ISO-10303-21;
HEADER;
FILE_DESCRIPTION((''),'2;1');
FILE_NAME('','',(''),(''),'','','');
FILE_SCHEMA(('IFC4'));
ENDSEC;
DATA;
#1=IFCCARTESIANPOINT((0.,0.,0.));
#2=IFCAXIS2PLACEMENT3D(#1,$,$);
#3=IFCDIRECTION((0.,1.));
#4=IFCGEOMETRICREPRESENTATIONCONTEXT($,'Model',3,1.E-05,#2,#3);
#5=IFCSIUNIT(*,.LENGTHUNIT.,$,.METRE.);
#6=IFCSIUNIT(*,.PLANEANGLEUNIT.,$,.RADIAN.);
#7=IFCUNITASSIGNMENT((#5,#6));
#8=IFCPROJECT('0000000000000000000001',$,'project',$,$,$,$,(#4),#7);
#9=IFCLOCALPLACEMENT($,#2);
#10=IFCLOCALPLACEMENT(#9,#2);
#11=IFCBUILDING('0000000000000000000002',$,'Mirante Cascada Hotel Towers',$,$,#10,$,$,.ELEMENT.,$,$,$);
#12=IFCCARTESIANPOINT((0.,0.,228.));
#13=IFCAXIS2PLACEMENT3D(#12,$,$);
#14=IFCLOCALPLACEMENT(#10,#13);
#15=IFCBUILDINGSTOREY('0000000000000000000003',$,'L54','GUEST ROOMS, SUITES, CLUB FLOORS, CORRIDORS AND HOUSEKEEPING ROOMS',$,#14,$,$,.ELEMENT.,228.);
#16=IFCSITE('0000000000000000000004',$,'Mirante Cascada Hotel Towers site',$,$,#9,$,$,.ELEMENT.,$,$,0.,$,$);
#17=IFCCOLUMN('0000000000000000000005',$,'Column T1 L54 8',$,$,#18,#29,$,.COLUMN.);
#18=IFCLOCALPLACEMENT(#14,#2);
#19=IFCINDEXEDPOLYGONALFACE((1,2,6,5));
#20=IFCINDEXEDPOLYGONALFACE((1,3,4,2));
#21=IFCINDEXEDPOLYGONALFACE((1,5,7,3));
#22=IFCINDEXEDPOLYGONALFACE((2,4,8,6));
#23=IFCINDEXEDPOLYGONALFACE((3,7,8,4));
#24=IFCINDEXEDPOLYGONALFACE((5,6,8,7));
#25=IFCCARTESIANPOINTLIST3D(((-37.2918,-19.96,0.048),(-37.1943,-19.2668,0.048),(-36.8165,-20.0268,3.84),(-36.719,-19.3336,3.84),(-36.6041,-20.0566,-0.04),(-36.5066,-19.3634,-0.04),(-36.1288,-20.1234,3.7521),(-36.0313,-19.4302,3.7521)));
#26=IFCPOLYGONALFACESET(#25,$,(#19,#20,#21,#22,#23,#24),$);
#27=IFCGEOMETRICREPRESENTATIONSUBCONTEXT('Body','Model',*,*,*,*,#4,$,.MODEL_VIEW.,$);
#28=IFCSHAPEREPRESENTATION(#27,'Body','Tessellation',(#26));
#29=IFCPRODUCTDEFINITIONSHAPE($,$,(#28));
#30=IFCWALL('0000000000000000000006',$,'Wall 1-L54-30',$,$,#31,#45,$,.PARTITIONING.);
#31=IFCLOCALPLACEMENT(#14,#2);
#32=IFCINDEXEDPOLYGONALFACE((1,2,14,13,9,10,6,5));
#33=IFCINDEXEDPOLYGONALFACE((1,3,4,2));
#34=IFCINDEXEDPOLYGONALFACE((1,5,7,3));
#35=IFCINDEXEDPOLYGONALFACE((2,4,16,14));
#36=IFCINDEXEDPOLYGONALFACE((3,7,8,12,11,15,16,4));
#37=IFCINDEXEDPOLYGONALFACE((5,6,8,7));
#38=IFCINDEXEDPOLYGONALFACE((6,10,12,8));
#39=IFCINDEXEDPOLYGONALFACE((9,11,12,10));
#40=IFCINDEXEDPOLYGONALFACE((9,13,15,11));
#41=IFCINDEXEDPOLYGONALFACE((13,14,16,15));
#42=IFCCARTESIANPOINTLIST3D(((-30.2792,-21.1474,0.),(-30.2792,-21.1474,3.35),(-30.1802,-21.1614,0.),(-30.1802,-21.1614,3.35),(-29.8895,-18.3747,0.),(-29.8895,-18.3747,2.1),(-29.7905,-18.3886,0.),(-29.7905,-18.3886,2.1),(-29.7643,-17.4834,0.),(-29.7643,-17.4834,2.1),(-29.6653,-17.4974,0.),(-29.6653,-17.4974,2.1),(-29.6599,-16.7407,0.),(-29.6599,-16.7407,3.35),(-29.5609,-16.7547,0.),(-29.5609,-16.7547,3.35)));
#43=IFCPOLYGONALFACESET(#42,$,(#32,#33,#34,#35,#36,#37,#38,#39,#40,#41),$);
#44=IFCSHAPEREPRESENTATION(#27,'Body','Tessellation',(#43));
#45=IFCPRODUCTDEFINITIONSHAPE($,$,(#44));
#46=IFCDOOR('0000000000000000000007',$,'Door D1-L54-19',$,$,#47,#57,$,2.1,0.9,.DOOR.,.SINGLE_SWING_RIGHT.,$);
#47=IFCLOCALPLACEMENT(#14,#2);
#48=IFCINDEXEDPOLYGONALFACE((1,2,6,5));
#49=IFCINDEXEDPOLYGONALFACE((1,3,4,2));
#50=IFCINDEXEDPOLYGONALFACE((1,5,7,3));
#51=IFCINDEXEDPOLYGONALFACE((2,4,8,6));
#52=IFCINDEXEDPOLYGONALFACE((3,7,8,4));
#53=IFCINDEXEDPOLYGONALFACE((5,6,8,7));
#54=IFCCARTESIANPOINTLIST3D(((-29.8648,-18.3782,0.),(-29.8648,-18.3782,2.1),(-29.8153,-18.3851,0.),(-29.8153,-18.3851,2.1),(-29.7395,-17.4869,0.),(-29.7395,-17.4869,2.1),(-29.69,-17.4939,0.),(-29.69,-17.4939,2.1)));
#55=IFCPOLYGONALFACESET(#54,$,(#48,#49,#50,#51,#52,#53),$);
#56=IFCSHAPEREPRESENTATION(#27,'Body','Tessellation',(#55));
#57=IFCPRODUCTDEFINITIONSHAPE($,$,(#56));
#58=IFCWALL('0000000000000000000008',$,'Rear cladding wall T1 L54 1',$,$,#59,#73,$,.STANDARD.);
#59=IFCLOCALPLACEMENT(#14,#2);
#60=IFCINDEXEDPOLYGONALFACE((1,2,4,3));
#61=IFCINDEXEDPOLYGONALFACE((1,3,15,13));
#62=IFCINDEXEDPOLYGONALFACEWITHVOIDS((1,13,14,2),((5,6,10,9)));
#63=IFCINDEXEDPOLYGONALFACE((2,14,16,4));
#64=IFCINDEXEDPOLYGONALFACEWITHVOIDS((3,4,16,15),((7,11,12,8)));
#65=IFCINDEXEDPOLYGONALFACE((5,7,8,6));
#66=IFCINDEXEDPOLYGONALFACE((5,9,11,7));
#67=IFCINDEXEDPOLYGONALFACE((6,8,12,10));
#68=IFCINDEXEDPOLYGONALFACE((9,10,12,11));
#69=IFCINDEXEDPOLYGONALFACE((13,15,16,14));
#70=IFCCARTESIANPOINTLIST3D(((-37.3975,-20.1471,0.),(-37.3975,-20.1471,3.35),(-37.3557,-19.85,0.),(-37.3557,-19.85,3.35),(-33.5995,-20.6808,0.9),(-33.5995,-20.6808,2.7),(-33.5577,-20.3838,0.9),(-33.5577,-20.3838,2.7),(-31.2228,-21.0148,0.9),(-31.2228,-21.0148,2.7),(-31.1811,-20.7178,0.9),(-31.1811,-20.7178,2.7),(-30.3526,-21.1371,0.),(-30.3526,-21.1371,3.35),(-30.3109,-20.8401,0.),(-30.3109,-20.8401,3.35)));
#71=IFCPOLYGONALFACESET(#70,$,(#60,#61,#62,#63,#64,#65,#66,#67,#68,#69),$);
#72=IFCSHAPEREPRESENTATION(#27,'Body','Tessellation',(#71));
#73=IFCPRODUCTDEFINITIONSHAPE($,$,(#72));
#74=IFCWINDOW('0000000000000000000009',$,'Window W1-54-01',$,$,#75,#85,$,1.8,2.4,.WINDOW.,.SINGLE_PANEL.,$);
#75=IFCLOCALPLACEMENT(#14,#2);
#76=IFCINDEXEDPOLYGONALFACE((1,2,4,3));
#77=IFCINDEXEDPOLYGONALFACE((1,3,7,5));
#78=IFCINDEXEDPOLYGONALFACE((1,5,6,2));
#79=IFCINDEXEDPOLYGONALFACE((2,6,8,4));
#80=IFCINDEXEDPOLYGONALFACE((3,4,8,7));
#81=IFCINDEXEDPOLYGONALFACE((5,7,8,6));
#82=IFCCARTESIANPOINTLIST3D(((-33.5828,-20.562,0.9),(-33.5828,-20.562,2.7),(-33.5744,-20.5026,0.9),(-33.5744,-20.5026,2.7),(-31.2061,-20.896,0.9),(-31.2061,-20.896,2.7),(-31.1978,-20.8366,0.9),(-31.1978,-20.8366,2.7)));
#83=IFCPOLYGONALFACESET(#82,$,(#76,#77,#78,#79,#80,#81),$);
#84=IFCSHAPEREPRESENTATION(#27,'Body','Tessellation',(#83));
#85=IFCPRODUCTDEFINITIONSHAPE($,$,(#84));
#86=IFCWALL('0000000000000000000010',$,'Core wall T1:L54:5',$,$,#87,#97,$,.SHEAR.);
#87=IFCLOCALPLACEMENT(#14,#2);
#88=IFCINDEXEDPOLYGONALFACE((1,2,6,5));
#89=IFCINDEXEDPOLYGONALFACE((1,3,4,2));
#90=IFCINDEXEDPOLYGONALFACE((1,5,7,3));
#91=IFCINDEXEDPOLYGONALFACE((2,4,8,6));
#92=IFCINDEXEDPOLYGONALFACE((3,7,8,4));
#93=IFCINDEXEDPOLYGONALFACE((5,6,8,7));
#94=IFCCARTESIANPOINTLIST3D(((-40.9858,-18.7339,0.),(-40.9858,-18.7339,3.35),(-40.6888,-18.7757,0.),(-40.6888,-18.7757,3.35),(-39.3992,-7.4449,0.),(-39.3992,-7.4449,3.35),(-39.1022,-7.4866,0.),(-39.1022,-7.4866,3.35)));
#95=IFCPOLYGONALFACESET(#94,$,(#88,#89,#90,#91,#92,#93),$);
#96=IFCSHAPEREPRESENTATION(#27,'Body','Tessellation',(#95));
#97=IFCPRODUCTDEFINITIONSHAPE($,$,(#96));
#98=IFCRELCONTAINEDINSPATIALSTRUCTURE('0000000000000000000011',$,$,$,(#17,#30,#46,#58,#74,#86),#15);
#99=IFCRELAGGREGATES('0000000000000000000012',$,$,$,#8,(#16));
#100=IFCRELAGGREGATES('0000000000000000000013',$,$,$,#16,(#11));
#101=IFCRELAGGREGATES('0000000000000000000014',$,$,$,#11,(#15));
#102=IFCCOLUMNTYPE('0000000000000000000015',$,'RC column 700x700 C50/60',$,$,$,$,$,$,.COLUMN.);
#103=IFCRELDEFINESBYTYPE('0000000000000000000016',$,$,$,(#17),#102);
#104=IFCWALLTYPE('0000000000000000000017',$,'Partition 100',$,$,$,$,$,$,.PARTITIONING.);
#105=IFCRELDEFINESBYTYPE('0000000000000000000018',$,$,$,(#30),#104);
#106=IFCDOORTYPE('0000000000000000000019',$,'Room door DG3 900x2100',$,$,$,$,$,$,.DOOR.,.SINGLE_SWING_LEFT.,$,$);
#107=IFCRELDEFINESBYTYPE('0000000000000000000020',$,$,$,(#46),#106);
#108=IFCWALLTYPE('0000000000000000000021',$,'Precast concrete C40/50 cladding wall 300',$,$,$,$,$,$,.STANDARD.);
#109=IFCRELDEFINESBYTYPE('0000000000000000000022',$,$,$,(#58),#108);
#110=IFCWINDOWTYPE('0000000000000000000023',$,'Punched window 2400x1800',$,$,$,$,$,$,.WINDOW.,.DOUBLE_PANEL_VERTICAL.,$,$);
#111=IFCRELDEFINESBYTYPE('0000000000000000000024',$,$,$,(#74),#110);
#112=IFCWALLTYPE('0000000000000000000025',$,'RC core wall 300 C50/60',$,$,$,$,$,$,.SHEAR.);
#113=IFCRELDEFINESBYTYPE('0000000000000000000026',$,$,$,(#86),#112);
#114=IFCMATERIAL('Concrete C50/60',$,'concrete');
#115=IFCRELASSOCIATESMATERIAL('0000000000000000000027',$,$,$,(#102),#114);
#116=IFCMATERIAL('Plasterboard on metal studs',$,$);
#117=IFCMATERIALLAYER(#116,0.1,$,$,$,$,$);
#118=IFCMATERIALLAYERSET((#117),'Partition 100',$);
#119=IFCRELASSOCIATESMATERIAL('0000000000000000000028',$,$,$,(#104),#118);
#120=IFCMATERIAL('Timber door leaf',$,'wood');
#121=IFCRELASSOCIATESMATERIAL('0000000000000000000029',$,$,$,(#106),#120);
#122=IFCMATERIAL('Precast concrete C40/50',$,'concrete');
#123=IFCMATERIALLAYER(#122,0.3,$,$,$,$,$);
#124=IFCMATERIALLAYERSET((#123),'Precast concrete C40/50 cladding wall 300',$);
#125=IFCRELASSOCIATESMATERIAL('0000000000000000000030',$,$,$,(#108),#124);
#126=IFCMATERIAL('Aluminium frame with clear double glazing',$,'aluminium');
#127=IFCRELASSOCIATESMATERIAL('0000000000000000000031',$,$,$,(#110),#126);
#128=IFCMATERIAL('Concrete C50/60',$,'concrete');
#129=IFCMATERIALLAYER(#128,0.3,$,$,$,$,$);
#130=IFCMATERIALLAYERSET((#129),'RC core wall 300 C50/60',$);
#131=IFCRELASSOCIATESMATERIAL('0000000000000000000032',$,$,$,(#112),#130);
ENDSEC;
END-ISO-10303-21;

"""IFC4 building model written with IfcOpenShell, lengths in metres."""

from ifc_helpers import new_model, si_unit, direction, frame, frame_2d, origin, origin_2d, place, context, subcontext, project, spatial, rectangle, extrude, material, layer, layer_set, material_profile, profile_set, type_object, element, fill, save


model = new_model("IFC4")

# Units and contexts
model_context = context("Model", 3, precision=1e-05, world=origin(), true_north=direction((0.0, 1.0)))
body_context = subcontext(model_context, "Body", "Model", "MODEL_VIEW")
ifc_project = project(units=[si_unit("LENGTHUNIT", "METRE"), si_unit("PLANEANGLEUNIT", "RADIAN")], contexts=[model_context])

# Site, building, storey
site_placement = place(None, origin())
site = spatial("IfcSite", under=ifc_project, at=site_placement, Name="Mirante Cascada Hotel Towers site", CompositionType="ELEMENT", RefElevation=0.0)
building_placement = place(site_placement, origin())
building = spatial("IfcBuilding", under=site, at=building_placement, Name="Mirante Cascada Hotel Towers", CompositionType="ELEMENT")
storey_placement = place(building_placement, frame((0.0, 0.0, 228.0)))
storey = spatial("IfcBuildingStorey", under=building, at=storey_placement, Name="L54", Description="GUEST ROOMS, SUITES, CLUB FLOORS, CORRIDORS AND HOUSEKEEPING ROOMS", CompositionType="ELEMENT", Elevation=228.0)

# Column
ifc_material_1 = material(Name="Concrete C50/60", Category="concrete")
ifc_material_profile = material_profile(ifc_material_1, rectangle(XDim=0.7, YDim=0.7, at=origin_2d()), Name="RC column 700x700 C50/60")
ifc_profile_set = profile_set([ifc_material_profile], Name="Concrete C50/60")
column_type = type_object("IfcColumnType", Name="RC column 700x700 C50/60", PredefinedType="COLUMN", material=ifc_profile_set)
column_placement = place(storey_placement, frame((-36.8992, -19.6617, 0.004), z_axis=(0.124351, -0.017477, 0.992084), x_axis=(0.139175, 0.990268, 0.0)))
element("IfcColumn", 1, at=column_placement, inside=storey, type_object=column_type, Name="Column T1 L54 8", PredefinedType="COLUMN", context=body_context, shape_type="SweptSolid", body=[
    extrude(rectangle(XDim=0.7, YDim=0.7, at=origin_2d()), origin(), (0.0, 0.0, 1.0), 3.8223),
])

# Wall, opening, door
ifc_material_2 = material(Name="Plasterboard on metal studs")
ifc_layer_1 = layer(ifc_material_2, 0.1)
ifc_layer_set_1 = layer_set([ifc_layer_1], Name="Partition 100")
wall_type_1 = type_object("IfcWallType", Name="Partition 100", PredefinedType="PARTITIONING", material=ifc_layer_set_1)
wall_1_placement = place(storey_placement, frame((-29.6104, -16.7477, 0.0), z_axis=(0.0, 0.0, 1.0), x_axis=(-0.139168, -0.990269, 0.0)))
wall_1 = element("IfcWall", 2, at=wall_1_placement, inside=storey, type_object=wall_type_1, Name="Wall 1-L54-30", PredefinedType="PARTITIONING", context=body_context, shape_type="SweptSolid", body=[
    extrude(rectangle(XDim=4.45, YDim=0.1, at=frame_2d((2.225, 0.0))), origin(), (0.0, 0.0, 1.0), 3.35),
])
opening_1_placement = place(wall_1_placement, frame((0.75, 0.0, 0.0)))
opening_1 = element("IfcOpeningElement", 3, at=opening_1_placement, cuts=wall_1, PredefinedType="OPENING", context=body_context, shape_type="SweptSolid", body=[
    extrude(rectangle(XDim=0.9, YDim=2.1, at=frame_2d((0.45, 1.05))), frame((0.0, 0.05, 0.0), z_axis=(0.0, -1.0, 0.0), x_axis=(1.0, 0.0, 0.0)), (0.0, 0.0, 1.0), 0.1),
])
ifc_material_3 = material(Name="Timber door leaf", Category="wood")
door_type_1 = type_object("IfcDoorType", Name="Room door DG3 900x2100", OperationType="SINGLE_SWING_LEFT", PredefinedType="DOOR", material=ifc_material_3)
door_1_placement = place(opening_1_placement, frame((0.9, 0.0, 0.0), z_axis=(0.0, 0.0, 1.0), x_axis=(-1.0, 0.0, 0.0)))
door_1 = element("IfcDoor", 4, at=door_1_placement, inside=storey, type_object=door_type_1, Name="Door D1-L54-19", OperationType="SINGLE_SWING_RIGHT", OverallHeight=2.1, OverallWidth=0.9, PredefinedType="DOOR", context=body_context, shape_type="SweptSolid", body=[
    extrude(rectangle(XDim=0.9, YDim=2.1, at=frame_2d((0.45, 1.05))), frame((0.0, 0.025, 0.0), z_axis=(0.0, -1.0, 0.0), x_axis=(1.0, 0.0, 0.0)), (0.0, 0.0, 1.0), 0.05),
])
fill(opening_1, door_1)

# Wall, opening, window
ifc_material_4 = material(Name="Precast concrete C40/50", Category="concrete")
ifc_layer_2 = layer(ifc_material_4, 0.3)
ifc_layer_set_2 = layer_set([ifc_layer_2], Name="Precast concrete C40/50 cladding wall 300")
wall_type_2 = type_object("IfcWallType", Name="Precast concrete C40/50 cladding wall 300", PredefinedType="STANDARD", material=ifc_layer_set_2)
wall_2_placement = place(storey_placement, frame((-30.3318, -20.9886, 0.0), z_axis=(0.0, 0.0, 1.0), x_axis=(-0.990268, 0.139174, 0.0)))
wall_2 = element("IfcWall", 5, at=wall_2_placement, inside=storey, type_object=wall_type_2, Name="Rear cladding wall T1 L54 1", PredefinedType="STANDARD", context=body_context, shape_type="SweptSolid", body=[
    extrude(rectangle(XDim=7.1141, YDim=0.3, at=frame_2d((3.557, 0.0))), origin(), (0.0, 0.0, 1.0), 3.35),
])
opening_2_placement = place(wall_2_placement, frame((0.8787, 0.0, 0.9)))
opening_2 = element("IfcOpeningElement", 6, at=opening_2_placement, cuts=wall_2, PredefinedType="OPENING", context=body_context, shape_type="SweptSolid", body=[
    extrude(rectangle(XDim=2.4, YDim=1.8, at=frame_2d((1.2, 0.9))), frame((0.0, 0.15, 0.0), z_axis=(0.0, -1.0, 0.0), x_axis=(1.0, 0.0, 0.0)), (0.0, 0.0, 1.0), 0.3),
])
ifc_material_5 = material(Name="Aluminium frame with clear double glazing", Category="aluminium")
window_type = type_object("IfcWindowType", Name="Punched window 2400x1800", PartitioningType="DOUBLE_PANEL_VERTICAL", PredefinedType="WINDOW", material=ifc_material_5)
window_placement = place(opening_2_placement, origin())
window = element("IfcWindow", 7, at=window_placement, inside=storey, type_object=window_type, Name="Window W1-54-01", OverallHeight=1.8, OverallWidth=2.4, PartitioningType="SINGLE_PANEL", PredefinedType="WINDOW", context=body_context, shape_type="SweptSolid", body=[
    extrude(rectangle(XDim=2.4, YDim=1.8, at=frame_2d((1.2, 0.9))), frame((0.0, 0.03, 0.0), z_axis=(0.0, -1.0, 0.0), x_axis=(1.0, 0.0, 0.0)), (0.0, 0.0, 1.0), 0.06),
])
fill(opening_2, window)

# Wall
ifc_material_6 = material(Name="Concrete C50/60", Category="concrete")
ifc_layer_3 = layer(ifc_material_6, 0.3)
ifc_layer_set_3 = layer_set([ifc_layer_3], Name="RC core wall 300 C50/60")
wall_type_3 = type_object("IfcWallType", Name="RC core wall 300 C50/60", PredefinedType="SHEAR", material=ifc_layer_set_3)
wall_3_placement = place(storey_placement, frame((-40.8373, -18.7548, 0.0), z_axis=(0.0, 0.0, 1.0), x_axis=(0.139175, 0.990268, 0.0)))
element("IfcWall", 8, at=wall_3_placement, inside=storey, type_object=wall_type_3, Name="Core wall T1:L54:5", PredefinedType="SHEAR", context=body_context, shape_type="SweptSolid", body=[
    extrude(rectangle(XDim=11.4, YDim=0.3, at=frame_2d((5.7, 0.0))), origin(), (0.0, 0.0, 1.0), 3.35),
])

save(model, "model.ifc")
